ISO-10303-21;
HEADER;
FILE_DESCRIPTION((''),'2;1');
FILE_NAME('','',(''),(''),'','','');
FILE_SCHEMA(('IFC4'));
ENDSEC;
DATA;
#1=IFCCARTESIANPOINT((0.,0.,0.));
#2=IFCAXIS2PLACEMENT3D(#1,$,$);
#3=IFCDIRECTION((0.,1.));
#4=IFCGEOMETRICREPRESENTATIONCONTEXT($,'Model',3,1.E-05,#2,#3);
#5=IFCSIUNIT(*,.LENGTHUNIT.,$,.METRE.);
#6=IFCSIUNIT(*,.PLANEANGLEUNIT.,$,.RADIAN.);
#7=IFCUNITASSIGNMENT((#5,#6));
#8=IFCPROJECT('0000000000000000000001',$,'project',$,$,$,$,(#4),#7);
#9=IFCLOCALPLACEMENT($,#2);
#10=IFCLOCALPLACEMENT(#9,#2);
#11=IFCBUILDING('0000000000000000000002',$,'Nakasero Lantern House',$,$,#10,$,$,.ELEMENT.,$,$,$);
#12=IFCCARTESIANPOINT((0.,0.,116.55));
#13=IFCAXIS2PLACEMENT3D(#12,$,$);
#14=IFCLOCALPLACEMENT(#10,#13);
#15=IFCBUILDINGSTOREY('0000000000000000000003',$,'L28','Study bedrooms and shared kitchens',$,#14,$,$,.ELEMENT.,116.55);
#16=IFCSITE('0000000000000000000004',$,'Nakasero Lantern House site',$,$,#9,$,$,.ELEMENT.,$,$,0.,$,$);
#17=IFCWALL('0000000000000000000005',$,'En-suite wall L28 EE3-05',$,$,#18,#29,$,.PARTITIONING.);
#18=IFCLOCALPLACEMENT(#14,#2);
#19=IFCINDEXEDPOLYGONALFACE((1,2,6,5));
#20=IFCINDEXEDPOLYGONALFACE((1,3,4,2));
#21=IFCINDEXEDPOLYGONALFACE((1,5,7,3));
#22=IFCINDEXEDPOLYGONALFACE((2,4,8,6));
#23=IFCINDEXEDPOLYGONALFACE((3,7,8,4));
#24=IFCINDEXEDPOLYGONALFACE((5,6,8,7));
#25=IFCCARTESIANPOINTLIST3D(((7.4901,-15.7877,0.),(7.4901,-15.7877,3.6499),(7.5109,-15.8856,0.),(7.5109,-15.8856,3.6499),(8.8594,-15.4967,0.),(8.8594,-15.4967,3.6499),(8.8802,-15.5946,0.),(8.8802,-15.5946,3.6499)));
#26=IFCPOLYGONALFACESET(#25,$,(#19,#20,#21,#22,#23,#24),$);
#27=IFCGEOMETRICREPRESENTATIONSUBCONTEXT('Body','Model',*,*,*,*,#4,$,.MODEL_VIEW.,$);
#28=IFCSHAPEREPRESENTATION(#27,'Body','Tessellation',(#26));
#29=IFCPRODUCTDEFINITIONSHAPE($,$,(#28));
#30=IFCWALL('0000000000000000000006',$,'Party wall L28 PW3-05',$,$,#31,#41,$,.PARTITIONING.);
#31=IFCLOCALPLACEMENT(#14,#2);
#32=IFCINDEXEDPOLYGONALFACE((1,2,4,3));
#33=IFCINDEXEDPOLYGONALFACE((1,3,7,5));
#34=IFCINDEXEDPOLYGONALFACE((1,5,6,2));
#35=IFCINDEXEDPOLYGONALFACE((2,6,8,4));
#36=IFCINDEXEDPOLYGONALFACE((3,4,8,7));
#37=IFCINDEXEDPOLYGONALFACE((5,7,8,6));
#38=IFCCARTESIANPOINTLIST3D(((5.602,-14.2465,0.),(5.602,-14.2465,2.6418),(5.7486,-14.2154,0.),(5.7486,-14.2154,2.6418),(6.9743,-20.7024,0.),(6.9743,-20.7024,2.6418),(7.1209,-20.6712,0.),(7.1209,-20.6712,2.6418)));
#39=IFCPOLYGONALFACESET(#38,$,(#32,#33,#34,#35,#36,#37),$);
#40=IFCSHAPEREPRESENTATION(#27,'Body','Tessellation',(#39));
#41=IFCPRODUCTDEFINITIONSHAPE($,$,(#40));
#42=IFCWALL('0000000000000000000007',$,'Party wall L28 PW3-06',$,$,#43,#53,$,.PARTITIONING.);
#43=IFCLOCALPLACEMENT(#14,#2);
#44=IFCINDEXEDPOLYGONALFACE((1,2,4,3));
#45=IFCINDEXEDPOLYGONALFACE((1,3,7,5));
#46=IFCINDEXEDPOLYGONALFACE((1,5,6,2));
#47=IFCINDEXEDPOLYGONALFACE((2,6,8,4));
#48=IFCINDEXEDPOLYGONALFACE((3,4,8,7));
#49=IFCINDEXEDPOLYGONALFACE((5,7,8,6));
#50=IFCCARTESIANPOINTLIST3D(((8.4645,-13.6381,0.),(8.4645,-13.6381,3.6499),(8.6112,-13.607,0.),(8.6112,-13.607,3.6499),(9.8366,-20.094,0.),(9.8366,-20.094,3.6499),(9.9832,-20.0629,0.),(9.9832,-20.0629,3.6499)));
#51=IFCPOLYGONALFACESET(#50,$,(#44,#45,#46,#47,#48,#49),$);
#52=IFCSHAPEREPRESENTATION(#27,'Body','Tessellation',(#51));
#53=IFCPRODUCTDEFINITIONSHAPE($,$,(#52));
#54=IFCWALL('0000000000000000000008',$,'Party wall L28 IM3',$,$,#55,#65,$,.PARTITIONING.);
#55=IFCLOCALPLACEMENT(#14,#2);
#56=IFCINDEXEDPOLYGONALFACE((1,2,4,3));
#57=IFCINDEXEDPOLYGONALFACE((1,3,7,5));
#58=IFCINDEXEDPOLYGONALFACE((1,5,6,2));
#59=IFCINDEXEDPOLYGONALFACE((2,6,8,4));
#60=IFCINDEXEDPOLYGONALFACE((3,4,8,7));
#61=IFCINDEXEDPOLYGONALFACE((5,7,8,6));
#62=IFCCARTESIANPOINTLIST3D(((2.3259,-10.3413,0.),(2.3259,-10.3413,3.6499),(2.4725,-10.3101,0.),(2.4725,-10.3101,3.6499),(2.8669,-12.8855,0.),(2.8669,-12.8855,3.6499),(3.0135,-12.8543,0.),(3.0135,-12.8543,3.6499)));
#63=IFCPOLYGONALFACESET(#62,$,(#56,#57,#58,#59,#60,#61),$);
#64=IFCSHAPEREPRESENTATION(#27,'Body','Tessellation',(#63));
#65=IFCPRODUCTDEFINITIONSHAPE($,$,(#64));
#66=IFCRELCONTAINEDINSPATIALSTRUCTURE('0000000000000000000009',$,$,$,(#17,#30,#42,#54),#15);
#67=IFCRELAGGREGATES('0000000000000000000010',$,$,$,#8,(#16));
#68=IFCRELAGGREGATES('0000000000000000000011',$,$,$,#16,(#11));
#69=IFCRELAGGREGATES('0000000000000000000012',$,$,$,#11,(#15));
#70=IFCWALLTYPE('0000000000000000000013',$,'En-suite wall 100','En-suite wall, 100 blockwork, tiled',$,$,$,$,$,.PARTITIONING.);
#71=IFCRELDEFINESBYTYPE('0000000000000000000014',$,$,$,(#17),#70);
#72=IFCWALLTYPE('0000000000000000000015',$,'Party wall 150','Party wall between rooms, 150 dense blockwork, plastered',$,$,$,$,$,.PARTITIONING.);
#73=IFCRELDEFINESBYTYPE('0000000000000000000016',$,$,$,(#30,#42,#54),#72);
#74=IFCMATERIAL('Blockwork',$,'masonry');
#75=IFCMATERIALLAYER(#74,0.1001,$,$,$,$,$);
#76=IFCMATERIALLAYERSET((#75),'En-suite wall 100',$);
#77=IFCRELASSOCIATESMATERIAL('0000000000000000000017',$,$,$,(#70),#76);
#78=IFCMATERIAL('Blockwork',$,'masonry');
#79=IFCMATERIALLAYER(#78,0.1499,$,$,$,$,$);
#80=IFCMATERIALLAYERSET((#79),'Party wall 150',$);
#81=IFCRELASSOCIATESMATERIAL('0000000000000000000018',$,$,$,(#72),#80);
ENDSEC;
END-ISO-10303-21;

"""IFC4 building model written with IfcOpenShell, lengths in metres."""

from ifc_helpers import new_model, si_unit, direction, frame, frame_2d, origin, place, context, subcontext, project, spatial, rectangle, extrude, material, layer, layer_set, type_object, element, save


model = new_model("IFC4")

# Units and contexts
model_context = context("Model", 3, precision=1e-05, world=origin(), true_north=direction((0.0, 1.0)))
body_context = subcontext(model_context, "Body", "Model", "MODEL_VIEW")
ifc_project = project(units=[si_unit("LENGTHUNIT", "METRE"), si_unit("PLANEANGLEUNIT", "RADIAN")], contexts=[model_context])

# Site, building, storey
site_placement = place(None, origin())
site = spatial("IfcSite", under=ifc_project, at=site_placement, Name="Nakasero Lantern House site", CompositionType="ELEMENT", RefElevation=0.0)
building_placement = place(site_placement, origin())
building = spatial("IfcBuilding", under=site, at=building_placement, Name="Nakasero Lantern House", CompositionType="ELEMENT")
storey_placement = place(building_placement, frame((0.0, 0.0, 116.55)))
storey = spatial("IfcBuildingStorey", under=building, at=storey_placement, Name="L28", Description="Study bedrooms and shared kitchens", CompositionType="ELEMENT", Elevation=116.55)

# Shared definitions
ifc_material_1 = material(Name="Blockwork", Category="masonry")
ifc_layer_1 = layer(ifc_material_1, 0.1001)
ifc_layer_set_1 = layer_set([ifc_layer_1], Name="En-suite wall 100")
wall_type_1 = type_object("IfcWallType", Name="En-suite wall 100", Description="En-suite wall, 100 blockwork, tiled", PredefinedType="PARTITIONING", material=ifc_layer_set_1)

# Walls
wall_1_placement = place(storey_placement, frame((7.5005, -15.8367, 0.0), z_axis=(0.0, 0.0, 1.0), x_axis=(0.978156, 0.207873, 0.0)))
element("IfcWall", 1, at=wall_1_placement, inside=storey, type_object=wall_type_1, Name="En-suite wall L28 EE3-05", PredefinedType="PARTITIONING", context=body_context, shape_type="SweptSolid", body=[
    extrude(rectangle(XDim=1.3999, YDim=0.1001, at=frame_2d((0.7, 0.0))), origin(), (0.0, 0.0, 1.0), 3.6499),
])
ifc_material_2 = material(Name="Blockwork", Category="masonry")
ifc_layer_2 = layer(ifc_material_2, 0.1499)
ifc_layer_set_2 = layer_set([ifc_layer_2], Name="Party wall 150")
wall_type_2 = type_object("IfcWallType", Name="Party wall 150", Description="Party wall between rooms, 150 dense blockwork, plastered", PredefinedType="PARTITIONING", material=ifc_layer_set_2)
wall_2_placement = place(storey_placement, frame((5.6753, -14.231, 0.0), z_axis=(0.0, 0.0, 1.0), x_axis=(0.207925, -0.978145, 0.0)))
element("IfcWall", 2, at=wall_2_placement, inside=storey, type_object=wall_type_2, Name="Party wall L28 PW3-05", PredefinedType="PARTITIONING", context=body_context, shape_type="SweptSolid", body=[
    extrude(rectangle(XDim=6.6001, YDim=0.1499, at=frame_2d((3.3, 0.0))), origin(), (0.0, 0.0, 1.0), 2.6418),
])
wall_3_placement = place(storey_placement, frame((8.5378, -13.6226, 0.0), z_axis=(0.0, 0.0, 1.0), x_axis=(0.207889, -0.978152, 0.0)))
element("IfcWall", 3, at=wall_3_placement, inside=storey, type_object=wall_type_2, Name="Party wall L28 PW3-06", PredefinedType="PARTITIONING", context=body_context, shape_type="SweptSolid", body=[
    extrude(rectangle(XDim=6.6001, YDim=0.1499, at=frame_2d((3.3, 0.0))), origin(), (0.0, 0.0, 1.0), 3.6499),
])
wall_4_placement = place(storey_placement, frame((2.9402, -12.8699, 0.0), z_axis=(0.0, 0.0, 1.0), x_axis=(-0.207997, 0.978129, 0.0)))
element("IfcWall", 4, at=wall_4_placement, inside=storey, type_object=wall_type_2, Name="Party wall L28 IM3", PredefinedType="PARTITIONING", context=body_context, shape_type="SweptSolid", body=[
    extrude(rectangle(XDim=2.6011, YDim=0.1499, at=frame_2d((1.3005, 0.0))), origin(), (0.0, 0.0, 1.0), 3.6499),
])

save(model, "model.ifc")
